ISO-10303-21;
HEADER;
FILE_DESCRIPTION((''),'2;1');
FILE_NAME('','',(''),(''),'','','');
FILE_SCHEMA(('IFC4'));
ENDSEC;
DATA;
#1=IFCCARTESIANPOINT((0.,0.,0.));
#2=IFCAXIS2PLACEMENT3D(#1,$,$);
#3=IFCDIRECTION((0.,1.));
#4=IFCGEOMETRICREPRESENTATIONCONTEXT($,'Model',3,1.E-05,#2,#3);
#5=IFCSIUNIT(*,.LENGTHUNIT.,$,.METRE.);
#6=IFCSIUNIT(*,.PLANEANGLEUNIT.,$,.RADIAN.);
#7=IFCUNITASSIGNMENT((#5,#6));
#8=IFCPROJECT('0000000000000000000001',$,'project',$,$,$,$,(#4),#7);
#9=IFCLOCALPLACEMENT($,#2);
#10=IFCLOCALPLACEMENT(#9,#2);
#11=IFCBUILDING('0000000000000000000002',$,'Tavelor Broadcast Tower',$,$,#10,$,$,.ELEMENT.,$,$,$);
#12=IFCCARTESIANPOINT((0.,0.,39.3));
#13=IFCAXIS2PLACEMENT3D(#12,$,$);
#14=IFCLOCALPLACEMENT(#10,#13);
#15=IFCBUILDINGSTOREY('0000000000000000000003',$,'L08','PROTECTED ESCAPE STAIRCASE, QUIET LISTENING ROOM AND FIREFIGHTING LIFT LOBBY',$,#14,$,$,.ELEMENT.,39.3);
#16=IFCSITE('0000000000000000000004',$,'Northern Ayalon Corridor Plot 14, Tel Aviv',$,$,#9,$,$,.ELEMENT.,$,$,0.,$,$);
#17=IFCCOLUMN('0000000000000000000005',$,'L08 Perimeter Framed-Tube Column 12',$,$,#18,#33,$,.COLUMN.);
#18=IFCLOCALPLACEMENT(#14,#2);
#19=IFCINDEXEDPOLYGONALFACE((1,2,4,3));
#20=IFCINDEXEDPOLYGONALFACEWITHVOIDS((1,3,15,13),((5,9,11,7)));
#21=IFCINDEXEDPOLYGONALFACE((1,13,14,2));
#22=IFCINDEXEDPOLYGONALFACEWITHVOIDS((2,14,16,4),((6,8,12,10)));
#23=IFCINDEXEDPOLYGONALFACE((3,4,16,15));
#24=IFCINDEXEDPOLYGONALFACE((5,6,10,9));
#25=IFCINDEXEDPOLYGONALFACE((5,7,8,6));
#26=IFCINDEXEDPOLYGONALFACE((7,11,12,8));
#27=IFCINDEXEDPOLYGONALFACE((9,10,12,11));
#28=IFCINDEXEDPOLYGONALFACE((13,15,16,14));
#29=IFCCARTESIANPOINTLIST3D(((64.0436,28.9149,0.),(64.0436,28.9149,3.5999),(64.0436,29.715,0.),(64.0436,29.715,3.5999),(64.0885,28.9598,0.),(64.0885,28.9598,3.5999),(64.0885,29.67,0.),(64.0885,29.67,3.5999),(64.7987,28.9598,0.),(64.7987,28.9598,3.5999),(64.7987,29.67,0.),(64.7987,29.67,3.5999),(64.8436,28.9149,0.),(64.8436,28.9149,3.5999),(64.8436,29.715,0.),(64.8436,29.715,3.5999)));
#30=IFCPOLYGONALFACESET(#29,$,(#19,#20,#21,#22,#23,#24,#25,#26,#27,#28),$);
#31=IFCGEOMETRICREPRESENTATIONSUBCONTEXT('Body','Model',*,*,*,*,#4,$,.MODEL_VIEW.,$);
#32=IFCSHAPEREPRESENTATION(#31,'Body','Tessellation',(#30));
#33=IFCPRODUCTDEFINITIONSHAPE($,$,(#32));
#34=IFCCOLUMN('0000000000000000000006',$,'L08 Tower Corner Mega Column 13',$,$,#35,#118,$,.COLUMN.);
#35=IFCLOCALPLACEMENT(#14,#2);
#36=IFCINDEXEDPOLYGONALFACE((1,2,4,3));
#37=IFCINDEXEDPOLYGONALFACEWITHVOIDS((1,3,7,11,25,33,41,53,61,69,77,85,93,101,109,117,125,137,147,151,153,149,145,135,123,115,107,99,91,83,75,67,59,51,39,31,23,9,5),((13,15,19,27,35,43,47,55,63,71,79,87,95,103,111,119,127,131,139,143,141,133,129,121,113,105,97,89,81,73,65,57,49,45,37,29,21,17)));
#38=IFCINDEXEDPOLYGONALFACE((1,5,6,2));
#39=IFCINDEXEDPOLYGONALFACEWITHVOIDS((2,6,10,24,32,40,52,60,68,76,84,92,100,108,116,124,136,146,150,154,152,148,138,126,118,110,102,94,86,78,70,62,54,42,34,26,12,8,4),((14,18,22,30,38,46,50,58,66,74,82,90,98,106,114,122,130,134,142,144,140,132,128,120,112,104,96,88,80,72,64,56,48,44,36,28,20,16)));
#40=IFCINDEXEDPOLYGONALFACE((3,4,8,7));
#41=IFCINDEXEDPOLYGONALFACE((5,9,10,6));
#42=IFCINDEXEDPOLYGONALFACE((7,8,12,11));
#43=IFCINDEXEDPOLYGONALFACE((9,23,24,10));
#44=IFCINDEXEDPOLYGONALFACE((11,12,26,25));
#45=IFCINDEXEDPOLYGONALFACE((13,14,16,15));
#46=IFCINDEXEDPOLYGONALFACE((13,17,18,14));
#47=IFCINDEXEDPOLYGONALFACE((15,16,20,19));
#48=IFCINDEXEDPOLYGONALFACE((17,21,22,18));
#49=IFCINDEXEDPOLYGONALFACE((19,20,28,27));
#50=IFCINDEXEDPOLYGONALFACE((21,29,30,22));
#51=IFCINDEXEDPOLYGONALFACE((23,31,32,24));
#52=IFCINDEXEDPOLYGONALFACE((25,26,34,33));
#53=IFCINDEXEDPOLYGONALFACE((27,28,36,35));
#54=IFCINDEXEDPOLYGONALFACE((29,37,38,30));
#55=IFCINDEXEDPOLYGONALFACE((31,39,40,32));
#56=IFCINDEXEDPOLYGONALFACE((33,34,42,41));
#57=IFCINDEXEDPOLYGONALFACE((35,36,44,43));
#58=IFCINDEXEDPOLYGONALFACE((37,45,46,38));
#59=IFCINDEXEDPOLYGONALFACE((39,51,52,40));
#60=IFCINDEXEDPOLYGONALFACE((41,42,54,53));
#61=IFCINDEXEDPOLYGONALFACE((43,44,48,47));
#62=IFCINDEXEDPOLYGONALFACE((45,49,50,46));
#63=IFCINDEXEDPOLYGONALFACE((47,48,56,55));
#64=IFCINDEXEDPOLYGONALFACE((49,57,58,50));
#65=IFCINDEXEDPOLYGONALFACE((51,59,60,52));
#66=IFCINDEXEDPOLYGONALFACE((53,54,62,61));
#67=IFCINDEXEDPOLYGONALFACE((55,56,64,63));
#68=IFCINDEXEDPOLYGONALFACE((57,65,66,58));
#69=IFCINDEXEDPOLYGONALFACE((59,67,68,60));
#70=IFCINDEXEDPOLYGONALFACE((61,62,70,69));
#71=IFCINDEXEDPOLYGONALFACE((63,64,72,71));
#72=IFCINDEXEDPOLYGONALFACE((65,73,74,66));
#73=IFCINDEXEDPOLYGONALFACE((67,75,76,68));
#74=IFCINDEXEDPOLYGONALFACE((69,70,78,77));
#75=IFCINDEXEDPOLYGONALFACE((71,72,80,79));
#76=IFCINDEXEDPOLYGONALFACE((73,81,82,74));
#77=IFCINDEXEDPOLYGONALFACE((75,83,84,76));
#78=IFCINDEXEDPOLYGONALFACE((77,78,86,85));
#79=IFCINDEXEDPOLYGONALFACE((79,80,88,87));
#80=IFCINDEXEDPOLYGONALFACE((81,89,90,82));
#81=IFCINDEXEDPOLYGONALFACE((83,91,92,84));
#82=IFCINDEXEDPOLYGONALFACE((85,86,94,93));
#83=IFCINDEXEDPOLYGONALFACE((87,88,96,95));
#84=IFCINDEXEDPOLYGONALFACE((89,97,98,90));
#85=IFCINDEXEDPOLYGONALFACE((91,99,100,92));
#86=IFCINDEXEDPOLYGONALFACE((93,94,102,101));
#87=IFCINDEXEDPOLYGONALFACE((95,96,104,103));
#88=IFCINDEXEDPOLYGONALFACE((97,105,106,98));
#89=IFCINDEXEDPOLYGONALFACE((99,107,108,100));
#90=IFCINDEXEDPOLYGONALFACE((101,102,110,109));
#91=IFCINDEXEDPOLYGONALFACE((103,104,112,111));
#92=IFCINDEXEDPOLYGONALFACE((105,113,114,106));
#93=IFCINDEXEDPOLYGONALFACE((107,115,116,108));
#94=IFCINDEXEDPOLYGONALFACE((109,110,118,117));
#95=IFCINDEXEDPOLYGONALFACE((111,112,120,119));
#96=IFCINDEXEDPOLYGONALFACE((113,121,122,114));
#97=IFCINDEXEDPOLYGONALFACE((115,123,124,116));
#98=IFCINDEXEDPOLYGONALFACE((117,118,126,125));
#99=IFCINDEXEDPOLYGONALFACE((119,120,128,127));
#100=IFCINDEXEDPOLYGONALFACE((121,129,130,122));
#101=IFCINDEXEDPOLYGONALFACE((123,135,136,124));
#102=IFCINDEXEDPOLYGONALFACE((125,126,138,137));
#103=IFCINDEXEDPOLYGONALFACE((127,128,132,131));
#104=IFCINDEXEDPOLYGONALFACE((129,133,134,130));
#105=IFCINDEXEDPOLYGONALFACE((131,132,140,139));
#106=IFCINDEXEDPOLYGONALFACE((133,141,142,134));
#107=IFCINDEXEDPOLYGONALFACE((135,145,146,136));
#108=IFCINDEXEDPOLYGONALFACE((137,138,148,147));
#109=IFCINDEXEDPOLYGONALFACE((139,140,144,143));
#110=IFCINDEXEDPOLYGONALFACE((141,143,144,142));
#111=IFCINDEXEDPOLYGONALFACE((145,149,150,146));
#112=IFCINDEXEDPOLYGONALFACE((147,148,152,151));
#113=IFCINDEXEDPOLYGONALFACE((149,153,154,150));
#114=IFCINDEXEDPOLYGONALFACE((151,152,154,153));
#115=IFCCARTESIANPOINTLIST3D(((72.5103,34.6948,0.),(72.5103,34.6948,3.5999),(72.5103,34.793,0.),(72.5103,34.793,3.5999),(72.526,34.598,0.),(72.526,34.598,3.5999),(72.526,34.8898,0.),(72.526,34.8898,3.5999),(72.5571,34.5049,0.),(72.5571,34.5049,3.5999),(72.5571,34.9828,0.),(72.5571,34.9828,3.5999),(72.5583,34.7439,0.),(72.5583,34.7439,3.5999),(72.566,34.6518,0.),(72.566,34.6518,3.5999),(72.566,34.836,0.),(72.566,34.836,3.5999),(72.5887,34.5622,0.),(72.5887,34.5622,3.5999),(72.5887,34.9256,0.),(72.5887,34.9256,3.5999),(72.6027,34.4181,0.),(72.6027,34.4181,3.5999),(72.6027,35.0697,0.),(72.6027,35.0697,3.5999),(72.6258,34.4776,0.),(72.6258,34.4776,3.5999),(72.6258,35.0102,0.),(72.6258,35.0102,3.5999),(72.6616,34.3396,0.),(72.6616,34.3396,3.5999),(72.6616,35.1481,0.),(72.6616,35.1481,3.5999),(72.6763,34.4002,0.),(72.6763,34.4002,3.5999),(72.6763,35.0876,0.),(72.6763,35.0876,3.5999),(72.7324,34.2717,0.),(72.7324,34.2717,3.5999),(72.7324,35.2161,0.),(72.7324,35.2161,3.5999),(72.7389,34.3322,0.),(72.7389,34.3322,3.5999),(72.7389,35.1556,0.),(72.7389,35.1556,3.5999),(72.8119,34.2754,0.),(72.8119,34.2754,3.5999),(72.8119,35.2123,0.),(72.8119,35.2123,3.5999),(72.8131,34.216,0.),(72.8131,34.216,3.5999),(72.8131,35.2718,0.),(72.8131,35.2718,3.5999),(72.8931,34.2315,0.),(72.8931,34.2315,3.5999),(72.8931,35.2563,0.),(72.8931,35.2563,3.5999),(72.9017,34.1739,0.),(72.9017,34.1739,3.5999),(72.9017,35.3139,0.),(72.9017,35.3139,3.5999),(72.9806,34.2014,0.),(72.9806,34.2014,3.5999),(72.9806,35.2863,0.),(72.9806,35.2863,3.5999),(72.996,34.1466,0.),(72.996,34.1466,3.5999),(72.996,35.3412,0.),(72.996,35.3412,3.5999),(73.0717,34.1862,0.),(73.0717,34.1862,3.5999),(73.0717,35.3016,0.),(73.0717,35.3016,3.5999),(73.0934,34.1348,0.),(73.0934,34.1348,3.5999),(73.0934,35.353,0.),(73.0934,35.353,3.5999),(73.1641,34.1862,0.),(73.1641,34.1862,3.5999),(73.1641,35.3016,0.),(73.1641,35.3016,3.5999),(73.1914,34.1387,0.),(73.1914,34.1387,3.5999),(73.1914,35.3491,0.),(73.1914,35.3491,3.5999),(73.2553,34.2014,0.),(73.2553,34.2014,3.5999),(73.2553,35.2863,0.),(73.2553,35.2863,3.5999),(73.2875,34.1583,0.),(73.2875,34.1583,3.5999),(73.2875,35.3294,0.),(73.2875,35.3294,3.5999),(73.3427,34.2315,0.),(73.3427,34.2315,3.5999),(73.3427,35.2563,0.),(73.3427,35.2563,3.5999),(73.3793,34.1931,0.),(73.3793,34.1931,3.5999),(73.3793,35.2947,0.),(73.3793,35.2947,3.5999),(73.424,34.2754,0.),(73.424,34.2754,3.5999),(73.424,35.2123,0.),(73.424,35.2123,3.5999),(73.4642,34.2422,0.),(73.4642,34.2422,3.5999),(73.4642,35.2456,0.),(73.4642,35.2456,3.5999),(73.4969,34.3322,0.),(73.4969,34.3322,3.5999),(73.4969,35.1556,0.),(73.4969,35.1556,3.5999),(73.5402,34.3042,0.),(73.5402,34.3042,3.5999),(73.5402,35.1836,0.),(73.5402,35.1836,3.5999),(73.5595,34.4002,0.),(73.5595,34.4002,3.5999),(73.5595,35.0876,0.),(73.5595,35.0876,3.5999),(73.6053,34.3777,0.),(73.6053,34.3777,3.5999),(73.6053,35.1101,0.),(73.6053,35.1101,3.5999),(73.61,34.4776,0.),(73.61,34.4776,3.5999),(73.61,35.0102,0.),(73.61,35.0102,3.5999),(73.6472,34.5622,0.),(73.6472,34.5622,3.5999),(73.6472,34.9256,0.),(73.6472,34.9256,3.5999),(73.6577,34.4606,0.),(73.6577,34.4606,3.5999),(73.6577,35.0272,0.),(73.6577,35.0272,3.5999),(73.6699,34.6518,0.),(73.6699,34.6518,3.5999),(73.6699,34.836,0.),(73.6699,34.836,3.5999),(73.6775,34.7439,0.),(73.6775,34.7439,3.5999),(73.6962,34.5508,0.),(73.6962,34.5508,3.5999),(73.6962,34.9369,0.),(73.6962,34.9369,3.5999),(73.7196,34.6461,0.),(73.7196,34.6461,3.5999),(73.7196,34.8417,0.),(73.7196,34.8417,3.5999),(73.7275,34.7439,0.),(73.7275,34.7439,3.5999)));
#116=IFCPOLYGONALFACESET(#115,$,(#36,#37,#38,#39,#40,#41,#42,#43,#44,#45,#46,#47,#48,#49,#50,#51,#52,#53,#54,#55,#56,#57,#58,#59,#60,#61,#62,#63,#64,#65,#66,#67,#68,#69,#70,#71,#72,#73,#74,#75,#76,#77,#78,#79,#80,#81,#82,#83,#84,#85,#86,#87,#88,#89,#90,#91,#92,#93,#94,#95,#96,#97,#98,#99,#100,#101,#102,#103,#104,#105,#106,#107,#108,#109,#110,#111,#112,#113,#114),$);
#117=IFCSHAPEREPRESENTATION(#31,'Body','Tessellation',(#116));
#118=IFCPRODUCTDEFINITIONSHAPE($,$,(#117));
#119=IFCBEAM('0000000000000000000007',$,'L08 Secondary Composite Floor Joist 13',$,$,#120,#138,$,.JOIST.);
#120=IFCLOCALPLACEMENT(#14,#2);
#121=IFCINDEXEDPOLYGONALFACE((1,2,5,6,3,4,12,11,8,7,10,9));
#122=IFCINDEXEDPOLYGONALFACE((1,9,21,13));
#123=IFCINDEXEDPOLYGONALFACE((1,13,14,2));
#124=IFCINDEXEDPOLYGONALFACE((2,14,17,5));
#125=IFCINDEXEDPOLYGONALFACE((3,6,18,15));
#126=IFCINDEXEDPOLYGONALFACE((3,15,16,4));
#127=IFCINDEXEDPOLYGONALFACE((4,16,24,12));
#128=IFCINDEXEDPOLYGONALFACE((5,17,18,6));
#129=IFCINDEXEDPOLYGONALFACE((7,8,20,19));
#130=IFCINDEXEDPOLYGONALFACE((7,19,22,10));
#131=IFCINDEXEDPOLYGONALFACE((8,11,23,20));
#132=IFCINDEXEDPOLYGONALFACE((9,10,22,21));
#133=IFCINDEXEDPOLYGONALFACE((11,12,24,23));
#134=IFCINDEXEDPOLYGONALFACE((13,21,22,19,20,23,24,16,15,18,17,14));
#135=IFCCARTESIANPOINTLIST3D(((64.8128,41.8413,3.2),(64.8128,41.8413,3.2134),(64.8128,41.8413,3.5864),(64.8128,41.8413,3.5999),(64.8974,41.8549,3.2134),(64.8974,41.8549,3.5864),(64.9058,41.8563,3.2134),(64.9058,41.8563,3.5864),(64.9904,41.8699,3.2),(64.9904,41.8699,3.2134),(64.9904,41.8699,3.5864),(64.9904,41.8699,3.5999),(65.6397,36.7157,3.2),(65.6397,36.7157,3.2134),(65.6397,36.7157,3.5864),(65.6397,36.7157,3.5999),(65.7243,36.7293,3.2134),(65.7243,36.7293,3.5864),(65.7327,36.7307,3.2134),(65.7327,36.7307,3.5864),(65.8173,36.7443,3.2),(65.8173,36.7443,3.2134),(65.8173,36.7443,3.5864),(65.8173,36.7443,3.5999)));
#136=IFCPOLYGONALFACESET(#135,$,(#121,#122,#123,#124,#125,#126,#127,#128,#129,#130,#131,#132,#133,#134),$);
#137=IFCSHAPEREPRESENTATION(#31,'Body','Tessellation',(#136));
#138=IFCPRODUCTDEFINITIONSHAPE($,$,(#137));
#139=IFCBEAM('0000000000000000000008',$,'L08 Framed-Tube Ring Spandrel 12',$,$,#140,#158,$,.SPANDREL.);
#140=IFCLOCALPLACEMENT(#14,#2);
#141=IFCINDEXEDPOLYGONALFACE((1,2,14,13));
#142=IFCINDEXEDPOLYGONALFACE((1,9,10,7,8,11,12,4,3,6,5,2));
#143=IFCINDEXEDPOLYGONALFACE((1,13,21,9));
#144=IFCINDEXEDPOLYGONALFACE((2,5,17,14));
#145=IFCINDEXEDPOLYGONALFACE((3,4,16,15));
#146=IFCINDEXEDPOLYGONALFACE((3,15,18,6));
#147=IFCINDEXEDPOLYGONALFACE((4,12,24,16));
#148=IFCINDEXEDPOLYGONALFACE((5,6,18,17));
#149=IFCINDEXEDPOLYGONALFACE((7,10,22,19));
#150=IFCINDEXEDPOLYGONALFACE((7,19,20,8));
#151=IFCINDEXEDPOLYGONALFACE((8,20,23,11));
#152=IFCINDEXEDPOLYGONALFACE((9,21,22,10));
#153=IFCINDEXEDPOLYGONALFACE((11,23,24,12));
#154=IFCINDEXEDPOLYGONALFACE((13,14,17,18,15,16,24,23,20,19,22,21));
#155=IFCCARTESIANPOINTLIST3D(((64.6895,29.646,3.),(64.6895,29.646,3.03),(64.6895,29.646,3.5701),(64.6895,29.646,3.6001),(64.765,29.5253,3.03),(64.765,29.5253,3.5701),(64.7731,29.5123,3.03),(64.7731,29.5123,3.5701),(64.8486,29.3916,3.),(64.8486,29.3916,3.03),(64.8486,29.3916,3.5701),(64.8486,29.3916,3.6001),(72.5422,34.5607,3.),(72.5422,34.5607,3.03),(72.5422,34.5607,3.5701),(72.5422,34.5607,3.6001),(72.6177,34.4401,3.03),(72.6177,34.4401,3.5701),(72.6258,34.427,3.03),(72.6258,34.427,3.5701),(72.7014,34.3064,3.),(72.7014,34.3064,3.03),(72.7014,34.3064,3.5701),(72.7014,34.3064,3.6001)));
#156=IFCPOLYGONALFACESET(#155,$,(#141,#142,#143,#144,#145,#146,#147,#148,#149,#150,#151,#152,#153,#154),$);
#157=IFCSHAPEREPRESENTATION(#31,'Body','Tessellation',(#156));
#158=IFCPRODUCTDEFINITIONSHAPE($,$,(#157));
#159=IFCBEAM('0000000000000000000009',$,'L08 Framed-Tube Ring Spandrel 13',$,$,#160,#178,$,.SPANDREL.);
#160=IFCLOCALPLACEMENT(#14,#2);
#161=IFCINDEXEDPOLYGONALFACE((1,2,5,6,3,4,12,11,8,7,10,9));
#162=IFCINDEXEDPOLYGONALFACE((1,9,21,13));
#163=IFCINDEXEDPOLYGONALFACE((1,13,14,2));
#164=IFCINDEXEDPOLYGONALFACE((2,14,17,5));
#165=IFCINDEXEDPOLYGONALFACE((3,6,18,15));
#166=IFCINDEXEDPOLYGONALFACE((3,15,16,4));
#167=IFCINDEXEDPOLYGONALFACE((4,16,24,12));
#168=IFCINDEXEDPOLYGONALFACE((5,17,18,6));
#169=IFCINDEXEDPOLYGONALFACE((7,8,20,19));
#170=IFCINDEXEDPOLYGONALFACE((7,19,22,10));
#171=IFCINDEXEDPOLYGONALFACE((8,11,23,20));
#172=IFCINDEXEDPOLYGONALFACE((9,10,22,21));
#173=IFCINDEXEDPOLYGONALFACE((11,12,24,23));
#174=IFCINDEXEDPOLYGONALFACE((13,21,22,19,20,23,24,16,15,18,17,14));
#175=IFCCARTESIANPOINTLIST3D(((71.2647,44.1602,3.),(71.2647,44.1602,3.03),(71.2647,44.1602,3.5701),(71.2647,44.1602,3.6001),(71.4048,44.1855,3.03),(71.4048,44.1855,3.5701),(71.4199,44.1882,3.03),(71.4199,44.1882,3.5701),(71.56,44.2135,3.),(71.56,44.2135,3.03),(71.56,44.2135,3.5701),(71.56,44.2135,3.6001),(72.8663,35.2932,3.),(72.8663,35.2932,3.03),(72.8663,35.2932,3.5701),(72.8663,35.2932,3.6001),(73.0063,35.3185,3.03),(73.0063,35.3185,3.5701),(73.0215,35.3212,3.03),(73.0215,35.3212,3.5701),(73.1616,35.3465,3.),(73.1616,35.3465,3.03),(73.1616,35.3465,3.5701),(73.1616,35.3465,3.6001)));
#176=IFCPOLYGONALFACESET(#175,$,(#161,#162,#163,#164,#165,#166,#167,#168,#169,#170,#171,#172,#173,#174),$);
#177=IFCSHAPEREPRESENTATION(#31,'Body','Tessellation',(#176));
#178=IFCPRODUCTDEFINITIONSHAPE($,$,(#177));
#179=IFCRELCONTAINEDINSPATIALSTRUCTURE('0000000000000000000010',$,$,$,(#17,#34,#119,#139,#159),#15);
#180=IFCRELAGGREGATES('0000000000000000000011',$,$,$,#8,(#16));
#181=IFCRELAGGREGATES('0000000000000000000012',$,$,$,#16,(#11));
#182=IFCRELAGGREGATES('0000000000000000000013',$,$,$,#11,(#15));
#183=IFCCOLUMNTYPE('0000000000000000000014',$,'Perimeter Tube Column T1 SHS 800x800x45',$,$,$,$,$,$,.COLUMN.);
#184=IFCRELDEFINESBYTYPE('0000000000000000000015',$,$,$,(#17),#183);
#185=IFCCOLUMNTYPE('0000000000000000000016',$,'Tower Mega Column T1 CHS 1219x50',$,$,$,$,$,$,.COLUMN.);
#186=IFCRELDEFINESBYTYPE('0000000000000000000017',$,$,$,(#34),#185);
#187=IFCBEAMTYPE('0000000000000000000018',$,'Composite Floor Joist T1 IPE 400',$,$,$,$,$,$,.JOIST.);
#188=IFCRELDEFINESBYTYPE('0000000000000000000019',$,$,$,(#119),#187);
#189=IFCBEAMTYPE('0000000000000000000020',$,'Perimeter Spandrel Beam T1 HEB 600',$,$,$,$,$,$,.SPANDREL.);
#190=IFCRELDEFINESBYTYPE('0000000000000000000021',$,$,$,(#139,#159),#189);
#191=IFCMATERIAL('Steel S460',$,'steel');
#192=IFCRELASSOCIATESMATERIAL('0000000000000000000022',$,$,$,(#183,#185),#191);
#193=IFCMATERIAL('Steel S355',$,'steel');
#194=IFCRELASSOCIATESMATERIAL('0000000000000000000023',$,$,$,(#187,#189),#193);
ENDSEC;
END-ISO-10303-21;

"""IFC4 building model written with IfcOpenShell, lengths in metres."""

from ifc_helpers import new_model, si_unit, direction, frame, origin, origin_2d, place, context, subcontext, project, spatial, hollow_rectangle, hollow_circle, i_section, extrude, material, material_profile, profile_set, type_object, element, save


model = new_model("IFC4")

# Units and contexts
model_context = context("Model", 3, precision=1e-05, world=origin(), true_north=direction((0.0, 1.0)))
body_context = subcontext(model_context, "Body", "Model", "MODEL_VIEW")
ifc_project = project(units=[si_unit("LENGTHUNIT", "METRE"), si_unit("PLANEANGLEUNIT", "RADIAN")], contexts=[model_context])

# Site, building, storey
site_placement = place(None, origin())
site = spatial("IfcSite", under=ifc_project, at=site_placement, Name="Northern Ayalon Corridor Plot 14, Tel Aviv", CompositionType="ELEMENT", RefElevation=0.0)
building_placement = place(site_placement, origin())
building = spatial("IfcBuilding", under=site, at=building_placement, Name="Tavelor Broadcast Tower", CompositionType="ELEMENT")
storey_placement = place(building_placement, frame((0.0, 0.0, 39.3)))
storey = spatial("IfcBuildingStorey", under=building, at=storey_placement, Name="L08", Description="PROTECTED ESCAPE STAIRCASE, QUIET LISTENING ROOM AND FIREFIGHTING LIFT LOBBY", CompositionType="ELEMENT", Elevation=39.3)

# Columns
ifc_material_1 = material(Name="Steel S460", Category="steel")
ifc_material_profile_1 = material_profile(ifc_material_1, hollow_rectangle(XDim=0.8, YDim=0.8, WallThickness=0.0449, at=origin_2d()), Name="SHS 800x800x45")
ifc_profile_set_1 = profile_set([ifc_material_profile_1], Name="Steel S460")
column_type_1 = type_object("IfcColumnType", Name="Perimeter Tube Column T1 SHS 800x800x45", PredefinedType="COLUMN", material=ifc_profile_set_1)
column_1_placement = place(storey_placement, frame((64.4436, 29.3149, 0.0), z_axis=(0.0, 0.0, 1.0), x_axis=(1.0, 0.0, 0.0)))
element("IfcColumn", 1, at=column_1_placement, inside=storey, type_object=column_type_1, Name="L08 Perimeter Framed-Tube Column 12", PredefinedType="COLUMN", context=body_context, shape_type="SweptSolid", body=[
    extrude(hollow_rectangle(XDim=0.8, YDim=0.8, WallThickness=0.0449, at=origin_2d()), origin(), (0.0, 0.0, 1.0), 3.5999),
])
ifc_material_profile_2 = material_profile(ifc_material_1, hollow_circle(Radius=0.6096, WallThickness=0.05, at=origin_2d()), Name="CHS 1219x50")
ifc_profile_set_2 = profile_set([ifc_material_profile_2], Name="Steel S460")
column_type_2 = type_object("IfcColumnType", Name="Tower Mega Column T1 CHS 1219x50", PredefinedType="COLUMN", material=ifc_profile_set_2)
column_2_placement = place(storey_placement, frame((73.1179, 34.7439, 0.0), z_axis=(0.0, 0.0, 1.0), x_axis=(1.0, 0.0, 0.0)))
element("IfcColumn", 2, at=column_2_placement, inside=storey, type_object=column_type_2, Name="L08 Tower Corner Mega Column 13", PredefinedType="COLUMN", context=body_context, shape_type="SweptSolid", body=[
    extrude(hollow_circle(Radius=0.6096, WallThickness=0.05, at=origin_2d()), origin(), (0.0, 0.0, 1.0), 3.5999),
])

# Beams
ifc_material_2 = material(Name="Steel S355", Category="steel")
ifc_material_profile_3 = material_profile(ifc_material_2, i_section(OverallWidth=0.1799, OverallDepth=0.3999, WebThickness=0.0085, FlangeThickness=0.0134, at=origin_2d()), Name="IPE 400")
ifc_profile_set_3 = profile_set([ifc_material_profile_3], Name="Steel S355")
beam_type_1 = type_object("IfcBeamType", Name="Composite Floor Joist T1 IPE 400", PredefinedType="JOIST", material=ifc_profile_set_3)
beam_1_placement = place(storey_placement, frame((65.7285, 36.73, 3.3999), z_axis=(-0.159265, 0.987236, 0.0), x_axis=(-0.987236, -0.159265, 0.0)))
element("IfcBeam", 3, at=beam_1_placement, inside=storey, type_object=beam_type_1, Name="L08 Secondary Composite Floor Joist 13", PredefinedType="JOIST", context=body_context, shape_type="SweptSolid", body=[
    extrude(i_section(OverallWidth=0.1799, OverallDepth=0.3999, WebThickness=0.0085, FlangeThickness=0.0134, at=origin_2d()), origin(), (0.0, 0.0, 1.0), 5.1919),
])
ifc_material_profile_4 = material_profile(ifc_material_2, i_section(OverallWidth=0.3, OverallDepth=0.6001, WebThickness=0.0154, FlangeThickness=0.03, at=origin_2d()), Name="HEB 600")
ifc_profile_set_4 = profile_set([ifc_material_profile_4], Name="Steel S355")
beam_type_2 = type_object("IfcBeamType", Name="Perimeter Spandrel Beam T1 HEB 600", PredefinedType="SPANDREL", material=ifc_profile_set_4)
beam_2_placement = place(storey_placement, frame((64.769, 29.5188, 3.3), z_axis=(0.847668, 0.530527, 0.0), x_axis=(-0.530527, 0.847668, 0.0)))
element("IfcBeam", 4, at=beam_2_placement, inside=storey, type_object=beam_type_2, Name="L08 Framed-Tube Ring Spandrel 12", PredefinedType="SPANDREL", context=body_context, shape_type="SweptSolid", body=[
    extrude(i_section(OverallWidth=0.3, OverallDepth=0.6001, WebThickness=0.0154, FlangeThickness=0.03, at=origin_2d()), origin(), (0.0, 0.0, 1.0), 9.2639),
])
beam_3_placement = place(storey_placement, frame((73.0139, 35.3198, 3.3), z_axis=(-0.177746, 0.984076, 0.0), x_axis=(-0.984076, -0.177746, 0.0)))
element("IfcBeam", 5, at=beam_3_placement, inside=storey, type_object=beam_type_2, Name="L08 Framed-Tube Ring Spandrel 13", PredefinedType="SPANDREL", context=body_context, shape_type="SweptSolid", body=[
    extrude(i_section(OverallWidth=0.3, OverallDepth=0.6001, WebThickness=0.0154, FlangeThickness=0.03, at=origin_2d()), origin(), (0.0, 0.0, 1.0), 9.0105),
])

save(model, "model.ifc")
